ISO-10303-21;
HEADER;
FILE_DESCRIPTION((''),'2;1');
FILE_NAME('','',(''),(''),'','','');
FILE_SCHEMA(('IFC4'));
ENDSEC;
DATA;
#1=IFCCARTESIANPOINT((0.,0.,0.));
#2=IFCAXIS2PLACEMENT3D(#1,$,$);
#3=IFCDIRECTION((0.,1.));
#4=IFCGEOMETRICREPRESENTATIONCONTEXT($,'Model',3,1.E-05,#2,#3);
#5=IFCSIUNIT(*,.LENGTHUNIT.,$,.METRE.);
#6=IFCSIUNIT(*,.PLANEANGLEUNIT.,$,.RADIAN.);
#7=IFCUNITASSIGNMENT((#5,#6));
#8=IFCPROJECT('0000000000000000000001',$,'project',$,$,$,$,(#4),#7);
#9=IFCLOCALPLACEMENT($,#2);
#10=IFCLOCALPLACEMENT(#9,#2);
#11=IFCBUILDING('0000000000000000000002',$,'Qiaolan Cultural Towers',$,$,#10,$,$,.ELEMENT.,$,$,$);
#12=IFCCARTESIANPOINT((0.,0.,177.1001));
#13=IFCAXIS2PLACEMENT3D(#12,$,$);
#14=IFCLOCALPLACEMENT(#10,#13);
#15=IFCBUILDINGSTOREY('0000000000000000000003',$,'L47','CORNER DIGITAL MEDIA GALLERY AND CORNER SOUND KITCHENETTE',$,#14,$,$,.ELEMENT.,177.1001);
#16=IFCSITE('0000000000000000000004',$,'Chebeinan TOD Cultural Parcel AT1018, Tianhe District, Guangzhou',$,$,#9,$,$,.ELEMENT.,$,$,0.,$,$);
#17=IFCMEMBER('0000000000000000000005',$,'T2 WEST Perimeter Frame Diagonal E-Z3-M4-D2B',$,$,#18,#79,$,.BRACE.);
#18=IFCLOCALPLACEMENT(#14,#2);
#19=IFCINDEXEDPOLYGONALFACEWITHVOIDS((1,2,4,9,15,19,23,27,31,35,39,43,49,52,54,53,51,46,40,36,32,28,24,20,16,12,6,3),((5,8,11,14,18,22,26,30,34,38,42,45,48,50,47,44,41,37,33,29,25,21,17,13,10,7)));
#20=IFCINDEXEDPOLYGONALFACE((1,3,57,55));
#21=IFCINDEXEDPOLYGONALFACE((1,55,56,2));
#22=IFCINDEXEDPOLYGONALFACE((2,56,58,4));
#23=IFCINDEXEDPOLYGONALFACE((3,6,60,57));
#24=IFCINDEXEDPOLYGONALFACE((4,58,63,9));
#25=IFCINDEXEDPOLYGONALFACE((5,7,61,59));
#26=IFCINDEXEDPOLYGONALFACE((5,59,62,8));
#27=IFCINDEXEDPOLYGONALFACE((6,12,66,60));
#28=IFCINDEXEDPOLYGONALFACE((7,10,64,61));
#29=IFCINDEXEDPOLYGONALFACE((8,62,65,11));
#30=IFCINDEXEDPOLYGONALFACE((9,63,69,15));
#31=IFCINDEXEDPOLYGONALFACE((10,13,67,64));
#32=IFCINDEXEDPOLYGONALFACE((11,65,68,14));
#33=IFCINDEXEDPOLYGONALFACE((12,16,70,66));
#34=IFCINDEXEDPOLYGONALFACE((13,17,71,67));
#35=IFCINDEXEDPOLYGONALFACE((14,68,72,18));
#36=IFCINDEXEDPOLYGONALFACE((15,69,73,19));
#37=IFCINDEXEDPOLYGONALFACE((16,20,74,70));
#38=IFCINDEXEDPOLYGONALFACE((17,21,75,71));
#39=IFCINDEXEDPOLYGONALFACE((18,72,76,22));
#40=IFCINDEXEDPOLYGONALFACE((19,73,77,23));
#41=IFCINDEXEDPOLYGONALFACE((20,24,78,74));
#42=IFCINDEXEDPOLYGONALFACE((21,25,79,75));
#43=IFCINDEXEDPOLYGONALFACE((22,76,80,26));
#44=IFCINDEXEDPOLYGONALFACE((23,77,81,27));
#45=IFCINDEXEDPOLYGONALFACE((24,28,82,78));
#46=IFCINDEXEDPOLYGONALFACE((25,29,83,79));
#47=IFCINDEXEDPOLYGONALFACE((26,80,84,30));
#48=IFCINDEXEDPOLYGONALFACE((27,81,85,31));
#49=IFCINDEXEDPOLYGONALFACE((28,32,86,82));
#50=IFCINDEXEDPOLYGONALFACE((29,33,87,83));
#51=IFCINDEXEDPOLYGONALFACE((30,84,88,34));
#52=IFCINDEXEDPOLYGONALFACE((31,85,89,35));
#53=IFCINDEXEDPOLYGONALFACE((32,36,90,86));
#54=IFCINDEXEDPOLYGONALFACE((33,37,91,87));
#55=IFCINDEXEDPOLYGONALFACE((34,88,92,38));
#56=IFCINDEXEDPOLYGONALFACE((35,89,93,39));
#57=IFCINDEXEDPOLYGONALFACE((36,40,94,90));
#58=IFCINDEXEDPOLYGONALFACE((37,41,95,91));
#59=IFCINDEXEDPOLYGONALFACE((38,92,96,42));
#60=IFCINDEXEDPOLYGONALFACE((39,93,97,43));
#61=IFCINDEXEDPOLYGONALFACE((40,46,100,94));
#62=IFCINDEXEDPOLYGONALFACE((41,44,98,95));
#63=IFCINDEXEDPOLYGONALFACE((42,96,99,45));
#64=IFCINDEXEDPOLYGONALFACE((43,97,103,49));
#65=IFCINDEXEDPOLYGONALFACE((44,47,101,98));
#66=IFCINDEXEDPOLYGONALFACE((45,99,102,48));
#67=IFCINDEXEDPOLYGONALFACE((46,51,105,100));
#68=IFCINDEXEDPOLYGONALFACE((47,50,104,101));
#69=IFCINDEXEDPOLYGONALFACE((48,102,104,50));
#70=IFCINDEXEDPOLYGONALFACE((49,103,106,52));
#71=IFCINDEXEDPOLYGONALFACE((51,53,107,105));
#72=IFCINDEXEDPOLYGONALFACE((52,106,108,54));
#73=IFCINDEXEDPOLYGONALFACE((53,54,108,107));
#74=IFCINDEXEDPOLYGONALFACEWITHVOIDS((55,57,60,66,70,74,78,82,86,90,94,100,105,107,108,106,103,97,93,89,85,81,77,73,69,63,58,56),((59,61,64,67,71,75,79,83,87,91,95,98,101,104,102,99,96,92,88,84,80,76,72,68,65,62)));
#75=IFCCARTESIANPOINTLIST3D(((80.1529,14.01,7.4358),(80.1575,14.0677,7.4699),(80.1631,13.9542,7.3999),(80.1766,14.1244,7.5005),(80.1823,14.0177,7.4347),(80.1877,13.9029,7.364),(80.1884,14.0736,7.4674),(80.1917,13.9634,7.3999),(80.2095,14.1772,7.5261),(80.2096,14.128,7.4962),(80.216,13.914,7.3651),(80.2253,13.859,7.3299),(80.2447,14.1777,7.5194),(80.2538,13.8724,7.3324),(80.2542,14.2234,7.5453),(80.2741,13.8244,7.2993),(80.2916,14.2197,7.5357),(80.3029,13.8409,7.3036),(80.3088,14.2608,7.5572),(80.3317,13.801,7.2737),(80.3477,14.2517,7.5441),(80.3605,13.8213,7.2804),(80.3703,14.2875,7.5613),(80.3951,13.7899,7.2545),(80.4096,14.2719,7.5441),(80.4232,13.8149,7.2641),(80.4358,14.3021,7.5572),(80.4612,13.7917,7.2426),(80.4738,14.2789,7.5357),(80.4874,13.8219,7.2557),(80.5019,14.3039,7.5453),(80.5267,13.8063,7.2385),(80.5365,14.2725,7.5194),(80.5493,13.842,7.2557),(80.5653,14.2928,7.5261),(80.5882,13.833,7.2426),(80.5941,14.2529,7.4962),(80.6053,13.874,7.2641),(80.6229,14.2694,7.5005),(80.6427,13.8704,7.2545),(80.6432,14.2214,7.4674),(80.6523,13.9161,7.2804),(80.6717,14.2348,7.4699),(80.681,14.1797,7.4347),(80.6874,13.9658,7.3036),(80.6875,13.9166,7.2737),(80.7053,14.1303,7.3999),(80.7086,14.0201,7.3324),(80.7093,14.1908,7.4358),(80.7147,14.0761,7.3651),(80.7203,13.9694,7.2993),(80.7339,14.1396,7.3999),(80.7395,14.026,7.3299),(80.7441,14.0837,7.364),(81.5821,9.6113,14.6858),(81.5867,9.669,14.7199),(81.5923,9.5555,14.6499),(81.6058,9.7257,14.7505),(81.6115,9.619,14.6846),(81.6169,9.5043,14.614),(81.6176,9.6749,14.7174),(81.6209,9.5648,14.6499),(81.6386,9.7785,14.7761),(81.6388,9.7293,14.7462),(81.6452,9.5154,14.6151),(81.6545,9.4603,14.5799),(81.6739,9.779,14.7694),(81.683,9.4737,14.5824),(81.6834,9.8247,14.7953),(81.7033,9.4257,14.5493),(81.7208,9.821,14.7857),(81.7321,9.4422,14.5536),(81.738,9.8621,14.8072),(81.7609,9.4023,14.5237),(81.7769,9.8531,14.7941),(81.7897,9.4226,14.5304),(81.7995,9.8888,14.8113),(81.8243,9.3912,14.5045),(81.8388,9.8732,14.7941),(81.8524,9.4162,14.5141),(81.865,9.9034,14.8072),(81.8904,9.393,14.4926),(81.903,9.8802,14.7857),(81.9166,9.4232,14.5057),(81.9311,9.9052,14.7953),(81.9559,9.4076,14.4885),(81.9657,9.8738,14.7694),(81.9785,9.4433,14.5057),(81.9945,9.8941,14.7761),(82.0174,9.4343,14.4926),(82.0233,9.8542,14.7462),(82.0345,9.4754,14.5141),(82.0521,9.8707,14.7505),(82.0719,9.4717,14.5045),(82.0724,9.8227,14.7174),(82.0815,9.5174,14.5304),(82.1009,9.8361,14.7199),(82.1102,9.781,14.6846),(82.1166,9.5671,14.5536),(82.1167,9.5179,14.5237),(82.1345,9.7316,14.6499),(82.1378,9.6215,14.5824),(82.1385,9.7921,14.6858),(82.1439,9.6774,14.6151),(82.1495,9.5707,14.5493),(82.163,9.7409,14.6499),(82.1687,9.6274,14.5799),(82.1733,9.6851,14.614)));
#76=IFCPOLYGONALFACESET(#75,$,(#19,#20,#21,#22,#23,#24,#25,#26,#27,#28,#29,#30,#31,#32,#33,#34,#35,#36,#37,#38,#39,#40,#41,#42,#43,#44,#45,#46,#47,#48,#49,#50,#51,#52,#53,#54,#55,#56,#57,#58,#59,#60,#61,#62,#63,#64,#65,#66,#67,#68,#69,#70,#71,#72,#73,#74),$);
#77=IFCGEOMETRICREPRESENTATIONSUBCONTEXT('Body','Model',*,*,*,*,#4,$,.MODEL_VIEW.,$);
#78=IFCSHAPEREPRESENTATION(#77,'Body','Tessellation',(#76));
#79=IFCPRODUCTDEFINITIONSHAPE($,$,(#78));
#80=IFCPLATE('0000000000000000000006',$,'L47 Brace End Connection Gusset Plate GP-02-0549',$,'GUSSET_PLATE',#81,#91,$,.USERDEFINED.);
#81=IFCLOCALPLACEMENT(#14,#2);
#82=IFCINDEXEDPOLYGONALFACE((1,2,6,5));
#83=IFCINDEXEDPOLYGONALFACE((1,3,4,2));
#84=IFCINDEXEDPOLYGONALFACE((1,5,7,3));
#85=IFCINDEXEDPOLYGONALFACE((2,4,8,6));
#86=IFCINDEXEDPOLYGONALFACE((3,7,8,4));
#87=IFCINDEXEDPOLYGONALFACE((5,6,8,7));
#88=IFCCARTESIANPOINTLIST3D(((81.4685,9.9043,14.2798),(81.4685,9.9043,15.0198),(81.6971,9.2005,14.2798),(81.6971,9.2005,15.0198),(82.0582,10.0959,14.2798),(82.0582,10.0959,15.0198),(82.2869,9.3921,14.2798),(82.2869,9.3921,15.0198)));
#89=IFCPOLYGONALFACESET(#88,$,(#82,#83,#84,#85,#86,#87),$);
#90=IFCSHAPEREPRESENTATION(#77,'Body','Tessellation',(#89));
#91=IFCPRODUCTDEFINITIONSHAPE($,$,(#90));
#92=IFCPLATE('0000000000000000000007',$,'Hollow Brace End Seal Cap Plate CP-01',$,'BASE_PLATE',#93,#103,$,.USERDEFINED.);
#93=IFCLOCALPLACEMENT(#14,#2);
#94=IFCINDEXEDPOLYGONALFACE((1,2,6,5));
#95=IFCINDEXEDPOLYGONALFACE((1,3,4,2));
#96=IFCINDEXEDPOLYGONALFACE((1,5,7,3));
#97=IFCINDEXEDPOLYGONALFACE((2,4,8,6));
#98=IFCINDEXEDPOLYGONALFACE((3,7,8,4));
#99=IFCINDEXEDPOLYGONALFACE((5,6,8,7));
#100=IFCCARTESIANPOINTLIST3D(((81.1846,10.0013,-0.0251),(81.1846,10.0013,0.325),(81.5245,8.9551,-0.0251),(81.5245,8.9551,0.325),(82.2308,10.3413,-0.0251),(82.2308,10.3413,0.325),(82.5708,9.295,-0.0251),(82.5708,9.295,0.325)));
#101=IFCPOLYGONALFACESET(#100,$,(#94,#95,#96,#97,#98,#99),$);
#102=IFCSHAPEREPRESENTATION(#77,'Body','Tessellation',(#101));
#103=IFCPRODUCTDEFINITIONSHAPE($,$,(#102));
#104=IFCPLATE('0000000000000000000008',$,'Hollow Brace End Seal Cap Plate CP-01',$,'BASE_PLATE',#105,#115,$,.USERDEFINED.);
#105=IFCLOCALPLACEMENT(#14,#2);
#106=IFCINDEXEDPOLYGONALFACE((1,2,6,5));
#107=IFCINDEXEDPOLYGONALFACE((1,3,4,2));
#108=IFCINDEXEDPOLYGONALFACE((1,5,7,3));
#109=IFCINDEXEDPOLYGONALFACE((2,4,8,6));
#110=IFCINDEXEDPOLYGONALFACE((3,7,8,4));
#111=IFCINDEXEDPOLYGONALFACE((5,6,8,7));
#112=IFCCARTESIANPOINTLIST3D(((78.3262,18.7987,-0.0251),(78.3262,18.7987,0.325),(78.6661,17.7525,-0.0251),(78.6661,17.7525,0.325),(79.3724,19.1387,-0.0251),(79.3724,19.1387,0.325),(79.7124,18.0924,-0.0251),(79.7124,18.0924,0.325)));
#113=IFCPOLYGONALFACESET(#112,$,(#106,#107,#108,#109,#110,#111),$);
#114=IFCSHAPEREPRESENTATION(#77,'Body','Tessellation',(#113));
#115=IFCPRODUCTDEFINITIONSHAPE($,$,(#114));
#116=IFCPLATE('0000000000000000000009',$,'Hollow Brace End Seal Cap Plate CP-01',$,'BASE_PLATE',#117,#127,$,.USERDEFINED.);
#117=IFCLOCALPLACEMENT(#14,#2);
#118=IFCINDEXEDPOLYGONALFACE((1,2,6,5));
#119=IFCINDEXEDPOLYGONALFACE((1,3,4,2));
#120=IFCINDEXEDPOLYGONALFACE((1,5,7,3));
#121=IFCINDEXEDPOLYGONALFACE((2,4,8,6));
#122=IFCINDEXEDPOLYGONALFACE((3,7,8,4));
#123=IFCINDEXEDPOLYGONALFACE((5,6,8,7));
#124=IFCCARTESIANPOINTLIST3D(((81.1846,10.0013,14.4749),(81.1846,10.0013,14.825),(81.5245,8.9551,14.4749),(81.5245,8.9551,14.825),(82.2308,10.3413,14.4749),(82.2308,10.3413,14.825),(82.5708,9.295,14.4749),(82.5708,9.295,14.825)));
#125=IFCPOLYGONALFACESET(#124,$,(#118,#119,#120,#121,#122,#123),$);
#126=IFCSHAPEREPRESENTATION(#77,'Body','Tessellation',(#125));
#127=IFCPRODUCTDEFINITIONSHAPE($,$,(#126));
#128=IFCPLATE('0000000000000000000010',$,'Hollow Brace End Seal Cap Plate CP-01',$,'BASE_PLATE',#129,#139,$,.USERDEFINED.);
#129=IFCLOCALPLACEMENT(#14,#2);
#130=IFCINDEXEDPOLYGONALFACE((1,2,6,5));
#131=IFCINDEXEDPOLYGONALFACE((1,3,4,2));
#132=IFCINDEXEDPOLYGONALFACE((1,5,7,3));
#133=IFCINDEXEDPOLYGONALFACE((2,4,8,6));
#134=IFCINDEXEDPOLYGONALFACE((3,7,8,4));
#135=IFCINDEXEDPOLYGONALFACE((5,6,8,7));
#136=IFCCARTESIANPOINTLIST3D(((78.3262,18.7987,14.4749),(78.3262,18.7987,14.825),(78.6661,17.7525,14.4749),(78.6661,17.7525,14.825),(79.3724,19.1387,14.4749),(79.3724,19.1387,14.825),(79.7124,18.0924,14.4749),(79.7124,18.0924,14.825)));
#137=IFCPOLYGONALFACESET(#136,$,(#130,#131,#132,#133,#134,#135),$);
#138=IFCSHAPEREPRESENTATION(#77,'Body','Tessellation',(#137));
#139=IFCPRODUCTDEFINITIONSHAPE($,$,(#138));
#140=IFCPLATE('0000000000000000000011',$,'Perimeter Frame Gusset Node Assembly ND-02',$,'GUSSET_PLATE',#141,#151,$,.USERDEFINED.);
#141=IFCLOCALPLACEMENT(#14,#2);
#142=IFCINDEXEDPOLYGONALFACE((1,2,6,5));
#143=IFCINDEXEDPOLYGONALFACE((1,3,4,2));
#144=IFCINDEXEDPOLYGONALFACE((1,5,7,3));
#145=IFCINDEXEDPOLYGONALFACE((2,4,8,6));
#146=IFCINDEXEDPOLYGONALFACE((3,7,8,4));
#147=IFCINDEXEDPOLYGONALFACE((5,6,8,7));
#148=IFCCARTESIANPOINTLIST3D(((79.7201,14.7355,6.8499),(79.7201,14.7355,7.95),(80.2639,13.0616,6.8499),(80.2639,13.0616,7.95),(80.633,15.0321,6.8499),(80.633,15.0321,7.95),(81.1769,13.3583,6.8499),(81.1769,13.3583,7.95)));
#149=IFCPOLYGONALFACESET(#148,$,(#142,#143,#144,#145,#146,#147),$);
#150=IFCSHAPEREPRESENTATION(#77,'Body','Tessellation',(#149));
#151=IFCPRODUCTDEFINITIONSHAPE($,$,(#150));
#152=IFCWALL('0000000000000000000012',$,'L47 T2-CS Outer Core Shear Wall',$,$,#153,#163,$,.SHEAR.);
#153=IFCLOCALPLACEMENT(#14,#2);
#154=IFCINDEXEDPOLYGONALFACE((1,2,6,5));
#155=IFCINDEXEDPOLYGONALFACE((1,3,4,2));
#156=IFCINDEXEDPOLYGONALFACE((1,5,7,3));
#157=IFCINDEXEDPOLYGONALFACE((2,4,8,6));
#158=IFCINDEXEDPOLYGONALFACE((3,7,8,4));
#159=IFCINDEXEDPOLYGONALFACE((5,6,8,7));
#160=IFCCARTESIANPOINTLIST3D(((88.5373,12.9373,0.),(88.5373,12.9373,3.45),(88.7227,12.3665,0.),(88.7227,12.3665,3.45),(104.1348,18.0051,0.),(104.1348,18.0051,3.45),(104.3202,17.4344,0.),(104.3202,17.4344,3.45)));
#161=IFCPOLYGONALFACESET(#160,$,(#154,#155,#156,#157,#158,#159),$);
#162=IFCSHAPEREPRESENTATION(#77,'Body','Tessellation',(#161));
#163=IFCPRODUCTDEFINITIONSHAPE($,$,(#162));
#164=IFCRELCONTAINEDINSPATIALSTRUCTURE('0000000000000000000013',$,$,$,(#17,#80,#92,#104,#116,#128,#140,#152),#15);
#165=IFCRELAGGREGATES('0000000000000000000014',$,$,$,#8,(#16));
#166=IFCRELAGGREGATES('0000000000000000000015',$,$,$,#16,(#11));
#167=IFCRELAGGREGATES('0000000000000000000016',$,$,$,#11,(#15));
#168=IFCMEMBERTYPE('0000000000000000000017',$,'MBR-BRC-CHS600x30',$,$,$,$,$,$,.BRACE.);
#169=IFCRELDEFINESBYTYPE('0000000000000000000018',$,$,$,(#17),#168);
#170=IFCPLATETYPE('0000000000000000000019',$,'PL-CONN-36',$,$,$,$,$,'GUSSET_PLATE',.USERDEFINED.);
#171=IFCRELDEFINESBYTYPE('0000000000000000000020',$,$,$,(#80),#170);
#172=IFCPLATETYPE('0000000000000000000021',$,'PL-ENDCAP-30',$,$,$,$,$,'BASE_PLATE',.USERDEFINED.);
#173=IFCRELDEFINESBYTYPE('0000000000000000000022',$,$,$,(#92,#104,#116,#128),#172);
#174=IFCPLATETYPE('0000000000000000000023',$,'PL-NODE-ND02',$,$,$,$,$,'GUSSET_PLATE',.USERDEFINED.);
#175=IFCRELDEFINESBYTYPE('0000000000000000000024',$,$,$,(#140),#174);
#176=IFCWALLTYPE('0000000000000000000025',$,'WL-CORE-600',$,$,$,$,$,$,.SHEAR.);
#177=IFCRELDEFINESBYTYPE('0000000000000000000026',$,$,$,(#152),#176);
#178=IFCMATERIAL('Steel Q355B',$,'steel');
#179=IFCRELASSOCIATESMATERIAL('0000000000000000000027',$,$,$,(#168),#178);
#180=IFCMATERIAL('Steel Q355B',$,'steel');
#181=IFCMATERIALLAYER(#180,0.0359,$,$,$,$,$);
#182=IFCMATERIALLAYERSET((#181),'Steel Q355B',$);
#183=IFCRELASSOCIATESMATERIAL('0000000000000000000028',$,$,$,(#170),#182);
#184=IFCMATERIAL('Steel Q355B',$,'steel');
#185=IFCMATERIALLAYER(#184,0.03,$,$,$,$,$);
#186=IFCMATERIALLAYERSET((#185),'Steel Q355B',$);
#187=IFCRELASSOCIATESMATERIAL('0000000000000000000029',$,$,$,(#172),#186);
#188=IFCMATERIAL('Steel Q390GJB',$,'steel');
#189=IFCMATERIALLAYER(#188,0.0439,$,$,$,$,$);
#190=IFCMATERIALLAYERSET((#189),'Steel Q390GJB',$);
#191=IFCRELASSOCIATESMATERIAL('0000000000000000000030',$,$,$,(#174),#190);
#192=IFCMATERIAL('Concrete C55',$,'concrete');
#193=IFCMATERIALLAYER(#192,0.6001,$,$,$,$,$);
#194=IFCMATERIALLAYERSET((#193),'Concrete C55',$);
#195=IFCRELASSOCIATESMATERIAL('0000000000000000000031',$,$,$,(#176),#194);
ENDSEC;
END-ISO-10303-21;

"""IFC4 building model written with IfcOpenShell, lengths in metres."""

from ifc_helpers import new_model, si_unit, direction, frame, frame_2d, origin, origin_2d, place, context, subcontext, project, spatial, rectangle, hollow_circle, extrude, material, layer, layer_set, material_profile, profile_set, type_object, element, save


model = new_model("IFC4")

# Units and contexts
model_context = context("Model", 3, precision=1e-05, world=origin(), true_north=direction((0.0, 1.0)))
body_context = subcontext(model_context, "Body", "Model", "MODEL_VIEW")
ifc_project = project(units=[si_unit("LENGTHUNIT", "METRE"), si_unit("PLANEANGLEUNIT", "RADIAN")], contexts=[model_context])

# Site, building, storey
site_placement = place(None, origin())
site = spatial("IfcSite", under=ifc_project, at=site_placement, Name="Chebeinan TOD Cultural Parcel AT1018, Tianhe District, Guangzhou", CompositionType="ELEMENT", RefElevation=0.0)
building_placement = place(site_placement, origin())
building = spatial("IfcBuilding", under=site, at=building_placement, Name="Qiaolan Cultural Towers", CompositionType="ELEMENT")
storey_placement = place(building_placement, frame((0.0, 0.0, 177.1001)))
storey = spatial("IfcBuildingStorey", under=building, at=storey_placement, Name="L47", Description="CORNER DIGITAL MEDIA GALLERY AND CORNER SOUND KITCHENETTE", CompositionType="ELEMENT", Elevation=177.1001)

# Member
ifc_material_1 = material(Name="Steel Q355B", Category="steel")
ifc_material_profile_1 = material_profile(ifc_material_1, hollow_circle(Radius=0.3, WallThickness=0.03, at=origin_2d()), Name="CHS600x30")
ifc_profile_set_1 = profile_set([ifc_material_profile_1], Name="Steel Q355B")
member_type = type_object("IfcMemberType", Name="MBR-BRC-CHS600x30", PredefinedType="BRACE", material=ifc_profile_set_1)
for number, where, z_axis, x_axis, name in (
    (1, (80.4485, 14.0469, 7.3999), (0.166193, -0.511497, 0.84306), (0.951058, 0.309013, 0.0), "T2 WEST Perimeter Frame Diagonal E-Z3-M4-D2B"),
):
    element("IfcMember", number, at=place(storey_placement, frame(where, z_axis=z_axis, x_axis=x_axis)), inside=storey, type_object=member_type, Name=name, PredefinedType="BRACE", context=body_context, shape_type="SweptSolid", body=[
        extrude(hollow_circle(Radius=0.3, WallThickness=0.03, at=origin_2d()), origin(), (0.0, 0.0, 1.0), 8.5996),
    ])

# Plates
ifc_material_2 = material(Name="Steel Q355B", Category="steel")
ifc_layer_1 = layer(ifc_material_2, 0.0359)
ifc_layer_set_1 = layer_set([ifc_layer_1], Name="Steel Q355B")
plate_type_1 = type_object("IfcPlateType", Name="PL-CONN-36", ElementType="GUSSET_PLATE", PredefinedType="USERDEFINED", material=ifc_layer_set_1)
plate_1_placement = place(storey_placement, frame((81.8777, 9.6482, 14.2798), z_axis=(0.0, 0.0, 1.0), x_axis=(-0.309017, 0.951057, 0.0)))
element("IfcPlate", 2, at=plate_1_placement, inside=storey, type_object=plate_type_1, Name="L47 Brace End Connection Gusset Plate GP-02-0549", ObjectType="GUSSET_PLATE", PredefinedType="USERDEFINED", context=body_context, shape_type="SweptSolid", body=[
    extrude(rectangle(XDim=0.74, YDim=0.6201, at=origin_2d()), origin(), (0.0, 0.0, 1.0), 0.74),
])
ifc_material_3 = material(Name="Steel Q355B", Category="steel")
ifc_layer_2 = layer(ifc_material_3, 0.03)
ifc_layer_set_2 = layer_set([ifc_layer_2], Name="Steel Q355B")
plate_type_2 = type_object("IfcPlateType", Name="PL-ENDCAP-30", ElementType="BASE_PLATE", PredefinedType="USERDEFINED", material=ifc_layer_set_2)
for number, where, z_axis, x_axis, name in (
    (3, (81.8777, 9.6482, -0.0251), (0.0, 0.0, 1.0), (-0.309017, 0.951057, 0.0), "Hollow Brace End Seal Cap Plate CP-01"),
    (4, (79.0193, 18.4456, -0.0251), (0.0, 0.0, 1.0), (-0.309017, 0.951057, 0.0), "Hollow Brace End Seal Cap Plate CP-01"),
    (5, (81.8777, 9.6482, 14.4749), (0.0, 0.0, 1.0), (-0.309017, 0.951057, 0.0), "Hollow Brace End Seal Cap Plate CP-01"),
    (6, (79.0193, 18.4456, 14.4749), (0.0, 0.0, 1.0), (-0.309017, 0.951057, 0.0), "Hollow Brace End Seal Cap Plate CP-01"),
):
    element("IfcPlate", number, at=place(storey_placement, frame(where, z_axis=z_axis, x_axis=x_axis)), inside=storey, type_object=plate_type_2, Name=name, ObjectType="BASE_PLATE", PredefinedType="USERDEFINED", context=body_context, shape_type="SweptSolid", body=[
        extrude(rectangle(XDim=1.1001, YDim=1.1001, at=origin_2d()), origin(), (0.0, 0.0, 1.0), 0.3501),
    ])
ifc_material_4 = material(Name="Steel Q390GJB", Category="steel")
ifc_layer_3 = layer(ifc_material_4, 0.0439)
ifc_layer_set_3 = layer_set([ifc_layer_3], Name="Steel Q390GJB")
plate_type_3 = type_object("IfcPlateType", Name="PL-NODE-ND02", ElementType="GUSSET_PLATE", PredefinedType="USERDEFINED", material=ifc_layer_set_3)
plate_2_placement = place(storey_placement, frame((80.4485, 14.0469, 6.8499), z_axis=(0.0, 0.0, 1.0), x_axis=(-0.309017, 0.951057, 0.0)))
element("IfcPlate", 7, at=plate_2_placement, inside=storey, type_object=plate_type_3, Name="Perimeter Frame Gusset Node Assembly ND-02", ObjectType="GUSSET_PLATE", PredefinedType="USERDEFINED", context=body_context, shape_type="SweptSolid", body=[
    extrude(rectangle(XDim=1.76, YDim=0.96, at=origin_2d()), origin(), (0.0, 0.0, 1.0), 1.1001),
])

# Wall
ifc_material_5 = material(Name="Concrete C55", Category="concrete")
ifc_layer_4 = layer(ifc_material_5, 0.6001)
ifc_layer_set_4 = layer_set([ifc_layer_4], Name="Concrete C55")
wall_type_1 = type_object("IfcWallType", Name="WL-CORE-600", PredefinedType="SHEAR", material=ifc_layer_set_4)
wall_1_placement = place(storey_placement, frame((88.6299, 12.6519, 0.0), z_axis=(0.0, 0.0, 1.0), x_axis=(0.951057, 0.309015, 0.0)))
element("IfcWall", 8, at=wall_1_placement, inside=storey, type_object=wall_type_1, Name="L47 T2-CS Outer Core Shear Wall", PredefinedType="SHEAR", context=body_context, shape_type="SweptSolid", body=[
    extrude(rectangle(XDim=16.4001, YDim=0.6001, at=frame_2d((8.2002, 0.0))), origin(), (0.0, 0.0, 1.0), 3.45),
])

save(model, "model.ifc")
